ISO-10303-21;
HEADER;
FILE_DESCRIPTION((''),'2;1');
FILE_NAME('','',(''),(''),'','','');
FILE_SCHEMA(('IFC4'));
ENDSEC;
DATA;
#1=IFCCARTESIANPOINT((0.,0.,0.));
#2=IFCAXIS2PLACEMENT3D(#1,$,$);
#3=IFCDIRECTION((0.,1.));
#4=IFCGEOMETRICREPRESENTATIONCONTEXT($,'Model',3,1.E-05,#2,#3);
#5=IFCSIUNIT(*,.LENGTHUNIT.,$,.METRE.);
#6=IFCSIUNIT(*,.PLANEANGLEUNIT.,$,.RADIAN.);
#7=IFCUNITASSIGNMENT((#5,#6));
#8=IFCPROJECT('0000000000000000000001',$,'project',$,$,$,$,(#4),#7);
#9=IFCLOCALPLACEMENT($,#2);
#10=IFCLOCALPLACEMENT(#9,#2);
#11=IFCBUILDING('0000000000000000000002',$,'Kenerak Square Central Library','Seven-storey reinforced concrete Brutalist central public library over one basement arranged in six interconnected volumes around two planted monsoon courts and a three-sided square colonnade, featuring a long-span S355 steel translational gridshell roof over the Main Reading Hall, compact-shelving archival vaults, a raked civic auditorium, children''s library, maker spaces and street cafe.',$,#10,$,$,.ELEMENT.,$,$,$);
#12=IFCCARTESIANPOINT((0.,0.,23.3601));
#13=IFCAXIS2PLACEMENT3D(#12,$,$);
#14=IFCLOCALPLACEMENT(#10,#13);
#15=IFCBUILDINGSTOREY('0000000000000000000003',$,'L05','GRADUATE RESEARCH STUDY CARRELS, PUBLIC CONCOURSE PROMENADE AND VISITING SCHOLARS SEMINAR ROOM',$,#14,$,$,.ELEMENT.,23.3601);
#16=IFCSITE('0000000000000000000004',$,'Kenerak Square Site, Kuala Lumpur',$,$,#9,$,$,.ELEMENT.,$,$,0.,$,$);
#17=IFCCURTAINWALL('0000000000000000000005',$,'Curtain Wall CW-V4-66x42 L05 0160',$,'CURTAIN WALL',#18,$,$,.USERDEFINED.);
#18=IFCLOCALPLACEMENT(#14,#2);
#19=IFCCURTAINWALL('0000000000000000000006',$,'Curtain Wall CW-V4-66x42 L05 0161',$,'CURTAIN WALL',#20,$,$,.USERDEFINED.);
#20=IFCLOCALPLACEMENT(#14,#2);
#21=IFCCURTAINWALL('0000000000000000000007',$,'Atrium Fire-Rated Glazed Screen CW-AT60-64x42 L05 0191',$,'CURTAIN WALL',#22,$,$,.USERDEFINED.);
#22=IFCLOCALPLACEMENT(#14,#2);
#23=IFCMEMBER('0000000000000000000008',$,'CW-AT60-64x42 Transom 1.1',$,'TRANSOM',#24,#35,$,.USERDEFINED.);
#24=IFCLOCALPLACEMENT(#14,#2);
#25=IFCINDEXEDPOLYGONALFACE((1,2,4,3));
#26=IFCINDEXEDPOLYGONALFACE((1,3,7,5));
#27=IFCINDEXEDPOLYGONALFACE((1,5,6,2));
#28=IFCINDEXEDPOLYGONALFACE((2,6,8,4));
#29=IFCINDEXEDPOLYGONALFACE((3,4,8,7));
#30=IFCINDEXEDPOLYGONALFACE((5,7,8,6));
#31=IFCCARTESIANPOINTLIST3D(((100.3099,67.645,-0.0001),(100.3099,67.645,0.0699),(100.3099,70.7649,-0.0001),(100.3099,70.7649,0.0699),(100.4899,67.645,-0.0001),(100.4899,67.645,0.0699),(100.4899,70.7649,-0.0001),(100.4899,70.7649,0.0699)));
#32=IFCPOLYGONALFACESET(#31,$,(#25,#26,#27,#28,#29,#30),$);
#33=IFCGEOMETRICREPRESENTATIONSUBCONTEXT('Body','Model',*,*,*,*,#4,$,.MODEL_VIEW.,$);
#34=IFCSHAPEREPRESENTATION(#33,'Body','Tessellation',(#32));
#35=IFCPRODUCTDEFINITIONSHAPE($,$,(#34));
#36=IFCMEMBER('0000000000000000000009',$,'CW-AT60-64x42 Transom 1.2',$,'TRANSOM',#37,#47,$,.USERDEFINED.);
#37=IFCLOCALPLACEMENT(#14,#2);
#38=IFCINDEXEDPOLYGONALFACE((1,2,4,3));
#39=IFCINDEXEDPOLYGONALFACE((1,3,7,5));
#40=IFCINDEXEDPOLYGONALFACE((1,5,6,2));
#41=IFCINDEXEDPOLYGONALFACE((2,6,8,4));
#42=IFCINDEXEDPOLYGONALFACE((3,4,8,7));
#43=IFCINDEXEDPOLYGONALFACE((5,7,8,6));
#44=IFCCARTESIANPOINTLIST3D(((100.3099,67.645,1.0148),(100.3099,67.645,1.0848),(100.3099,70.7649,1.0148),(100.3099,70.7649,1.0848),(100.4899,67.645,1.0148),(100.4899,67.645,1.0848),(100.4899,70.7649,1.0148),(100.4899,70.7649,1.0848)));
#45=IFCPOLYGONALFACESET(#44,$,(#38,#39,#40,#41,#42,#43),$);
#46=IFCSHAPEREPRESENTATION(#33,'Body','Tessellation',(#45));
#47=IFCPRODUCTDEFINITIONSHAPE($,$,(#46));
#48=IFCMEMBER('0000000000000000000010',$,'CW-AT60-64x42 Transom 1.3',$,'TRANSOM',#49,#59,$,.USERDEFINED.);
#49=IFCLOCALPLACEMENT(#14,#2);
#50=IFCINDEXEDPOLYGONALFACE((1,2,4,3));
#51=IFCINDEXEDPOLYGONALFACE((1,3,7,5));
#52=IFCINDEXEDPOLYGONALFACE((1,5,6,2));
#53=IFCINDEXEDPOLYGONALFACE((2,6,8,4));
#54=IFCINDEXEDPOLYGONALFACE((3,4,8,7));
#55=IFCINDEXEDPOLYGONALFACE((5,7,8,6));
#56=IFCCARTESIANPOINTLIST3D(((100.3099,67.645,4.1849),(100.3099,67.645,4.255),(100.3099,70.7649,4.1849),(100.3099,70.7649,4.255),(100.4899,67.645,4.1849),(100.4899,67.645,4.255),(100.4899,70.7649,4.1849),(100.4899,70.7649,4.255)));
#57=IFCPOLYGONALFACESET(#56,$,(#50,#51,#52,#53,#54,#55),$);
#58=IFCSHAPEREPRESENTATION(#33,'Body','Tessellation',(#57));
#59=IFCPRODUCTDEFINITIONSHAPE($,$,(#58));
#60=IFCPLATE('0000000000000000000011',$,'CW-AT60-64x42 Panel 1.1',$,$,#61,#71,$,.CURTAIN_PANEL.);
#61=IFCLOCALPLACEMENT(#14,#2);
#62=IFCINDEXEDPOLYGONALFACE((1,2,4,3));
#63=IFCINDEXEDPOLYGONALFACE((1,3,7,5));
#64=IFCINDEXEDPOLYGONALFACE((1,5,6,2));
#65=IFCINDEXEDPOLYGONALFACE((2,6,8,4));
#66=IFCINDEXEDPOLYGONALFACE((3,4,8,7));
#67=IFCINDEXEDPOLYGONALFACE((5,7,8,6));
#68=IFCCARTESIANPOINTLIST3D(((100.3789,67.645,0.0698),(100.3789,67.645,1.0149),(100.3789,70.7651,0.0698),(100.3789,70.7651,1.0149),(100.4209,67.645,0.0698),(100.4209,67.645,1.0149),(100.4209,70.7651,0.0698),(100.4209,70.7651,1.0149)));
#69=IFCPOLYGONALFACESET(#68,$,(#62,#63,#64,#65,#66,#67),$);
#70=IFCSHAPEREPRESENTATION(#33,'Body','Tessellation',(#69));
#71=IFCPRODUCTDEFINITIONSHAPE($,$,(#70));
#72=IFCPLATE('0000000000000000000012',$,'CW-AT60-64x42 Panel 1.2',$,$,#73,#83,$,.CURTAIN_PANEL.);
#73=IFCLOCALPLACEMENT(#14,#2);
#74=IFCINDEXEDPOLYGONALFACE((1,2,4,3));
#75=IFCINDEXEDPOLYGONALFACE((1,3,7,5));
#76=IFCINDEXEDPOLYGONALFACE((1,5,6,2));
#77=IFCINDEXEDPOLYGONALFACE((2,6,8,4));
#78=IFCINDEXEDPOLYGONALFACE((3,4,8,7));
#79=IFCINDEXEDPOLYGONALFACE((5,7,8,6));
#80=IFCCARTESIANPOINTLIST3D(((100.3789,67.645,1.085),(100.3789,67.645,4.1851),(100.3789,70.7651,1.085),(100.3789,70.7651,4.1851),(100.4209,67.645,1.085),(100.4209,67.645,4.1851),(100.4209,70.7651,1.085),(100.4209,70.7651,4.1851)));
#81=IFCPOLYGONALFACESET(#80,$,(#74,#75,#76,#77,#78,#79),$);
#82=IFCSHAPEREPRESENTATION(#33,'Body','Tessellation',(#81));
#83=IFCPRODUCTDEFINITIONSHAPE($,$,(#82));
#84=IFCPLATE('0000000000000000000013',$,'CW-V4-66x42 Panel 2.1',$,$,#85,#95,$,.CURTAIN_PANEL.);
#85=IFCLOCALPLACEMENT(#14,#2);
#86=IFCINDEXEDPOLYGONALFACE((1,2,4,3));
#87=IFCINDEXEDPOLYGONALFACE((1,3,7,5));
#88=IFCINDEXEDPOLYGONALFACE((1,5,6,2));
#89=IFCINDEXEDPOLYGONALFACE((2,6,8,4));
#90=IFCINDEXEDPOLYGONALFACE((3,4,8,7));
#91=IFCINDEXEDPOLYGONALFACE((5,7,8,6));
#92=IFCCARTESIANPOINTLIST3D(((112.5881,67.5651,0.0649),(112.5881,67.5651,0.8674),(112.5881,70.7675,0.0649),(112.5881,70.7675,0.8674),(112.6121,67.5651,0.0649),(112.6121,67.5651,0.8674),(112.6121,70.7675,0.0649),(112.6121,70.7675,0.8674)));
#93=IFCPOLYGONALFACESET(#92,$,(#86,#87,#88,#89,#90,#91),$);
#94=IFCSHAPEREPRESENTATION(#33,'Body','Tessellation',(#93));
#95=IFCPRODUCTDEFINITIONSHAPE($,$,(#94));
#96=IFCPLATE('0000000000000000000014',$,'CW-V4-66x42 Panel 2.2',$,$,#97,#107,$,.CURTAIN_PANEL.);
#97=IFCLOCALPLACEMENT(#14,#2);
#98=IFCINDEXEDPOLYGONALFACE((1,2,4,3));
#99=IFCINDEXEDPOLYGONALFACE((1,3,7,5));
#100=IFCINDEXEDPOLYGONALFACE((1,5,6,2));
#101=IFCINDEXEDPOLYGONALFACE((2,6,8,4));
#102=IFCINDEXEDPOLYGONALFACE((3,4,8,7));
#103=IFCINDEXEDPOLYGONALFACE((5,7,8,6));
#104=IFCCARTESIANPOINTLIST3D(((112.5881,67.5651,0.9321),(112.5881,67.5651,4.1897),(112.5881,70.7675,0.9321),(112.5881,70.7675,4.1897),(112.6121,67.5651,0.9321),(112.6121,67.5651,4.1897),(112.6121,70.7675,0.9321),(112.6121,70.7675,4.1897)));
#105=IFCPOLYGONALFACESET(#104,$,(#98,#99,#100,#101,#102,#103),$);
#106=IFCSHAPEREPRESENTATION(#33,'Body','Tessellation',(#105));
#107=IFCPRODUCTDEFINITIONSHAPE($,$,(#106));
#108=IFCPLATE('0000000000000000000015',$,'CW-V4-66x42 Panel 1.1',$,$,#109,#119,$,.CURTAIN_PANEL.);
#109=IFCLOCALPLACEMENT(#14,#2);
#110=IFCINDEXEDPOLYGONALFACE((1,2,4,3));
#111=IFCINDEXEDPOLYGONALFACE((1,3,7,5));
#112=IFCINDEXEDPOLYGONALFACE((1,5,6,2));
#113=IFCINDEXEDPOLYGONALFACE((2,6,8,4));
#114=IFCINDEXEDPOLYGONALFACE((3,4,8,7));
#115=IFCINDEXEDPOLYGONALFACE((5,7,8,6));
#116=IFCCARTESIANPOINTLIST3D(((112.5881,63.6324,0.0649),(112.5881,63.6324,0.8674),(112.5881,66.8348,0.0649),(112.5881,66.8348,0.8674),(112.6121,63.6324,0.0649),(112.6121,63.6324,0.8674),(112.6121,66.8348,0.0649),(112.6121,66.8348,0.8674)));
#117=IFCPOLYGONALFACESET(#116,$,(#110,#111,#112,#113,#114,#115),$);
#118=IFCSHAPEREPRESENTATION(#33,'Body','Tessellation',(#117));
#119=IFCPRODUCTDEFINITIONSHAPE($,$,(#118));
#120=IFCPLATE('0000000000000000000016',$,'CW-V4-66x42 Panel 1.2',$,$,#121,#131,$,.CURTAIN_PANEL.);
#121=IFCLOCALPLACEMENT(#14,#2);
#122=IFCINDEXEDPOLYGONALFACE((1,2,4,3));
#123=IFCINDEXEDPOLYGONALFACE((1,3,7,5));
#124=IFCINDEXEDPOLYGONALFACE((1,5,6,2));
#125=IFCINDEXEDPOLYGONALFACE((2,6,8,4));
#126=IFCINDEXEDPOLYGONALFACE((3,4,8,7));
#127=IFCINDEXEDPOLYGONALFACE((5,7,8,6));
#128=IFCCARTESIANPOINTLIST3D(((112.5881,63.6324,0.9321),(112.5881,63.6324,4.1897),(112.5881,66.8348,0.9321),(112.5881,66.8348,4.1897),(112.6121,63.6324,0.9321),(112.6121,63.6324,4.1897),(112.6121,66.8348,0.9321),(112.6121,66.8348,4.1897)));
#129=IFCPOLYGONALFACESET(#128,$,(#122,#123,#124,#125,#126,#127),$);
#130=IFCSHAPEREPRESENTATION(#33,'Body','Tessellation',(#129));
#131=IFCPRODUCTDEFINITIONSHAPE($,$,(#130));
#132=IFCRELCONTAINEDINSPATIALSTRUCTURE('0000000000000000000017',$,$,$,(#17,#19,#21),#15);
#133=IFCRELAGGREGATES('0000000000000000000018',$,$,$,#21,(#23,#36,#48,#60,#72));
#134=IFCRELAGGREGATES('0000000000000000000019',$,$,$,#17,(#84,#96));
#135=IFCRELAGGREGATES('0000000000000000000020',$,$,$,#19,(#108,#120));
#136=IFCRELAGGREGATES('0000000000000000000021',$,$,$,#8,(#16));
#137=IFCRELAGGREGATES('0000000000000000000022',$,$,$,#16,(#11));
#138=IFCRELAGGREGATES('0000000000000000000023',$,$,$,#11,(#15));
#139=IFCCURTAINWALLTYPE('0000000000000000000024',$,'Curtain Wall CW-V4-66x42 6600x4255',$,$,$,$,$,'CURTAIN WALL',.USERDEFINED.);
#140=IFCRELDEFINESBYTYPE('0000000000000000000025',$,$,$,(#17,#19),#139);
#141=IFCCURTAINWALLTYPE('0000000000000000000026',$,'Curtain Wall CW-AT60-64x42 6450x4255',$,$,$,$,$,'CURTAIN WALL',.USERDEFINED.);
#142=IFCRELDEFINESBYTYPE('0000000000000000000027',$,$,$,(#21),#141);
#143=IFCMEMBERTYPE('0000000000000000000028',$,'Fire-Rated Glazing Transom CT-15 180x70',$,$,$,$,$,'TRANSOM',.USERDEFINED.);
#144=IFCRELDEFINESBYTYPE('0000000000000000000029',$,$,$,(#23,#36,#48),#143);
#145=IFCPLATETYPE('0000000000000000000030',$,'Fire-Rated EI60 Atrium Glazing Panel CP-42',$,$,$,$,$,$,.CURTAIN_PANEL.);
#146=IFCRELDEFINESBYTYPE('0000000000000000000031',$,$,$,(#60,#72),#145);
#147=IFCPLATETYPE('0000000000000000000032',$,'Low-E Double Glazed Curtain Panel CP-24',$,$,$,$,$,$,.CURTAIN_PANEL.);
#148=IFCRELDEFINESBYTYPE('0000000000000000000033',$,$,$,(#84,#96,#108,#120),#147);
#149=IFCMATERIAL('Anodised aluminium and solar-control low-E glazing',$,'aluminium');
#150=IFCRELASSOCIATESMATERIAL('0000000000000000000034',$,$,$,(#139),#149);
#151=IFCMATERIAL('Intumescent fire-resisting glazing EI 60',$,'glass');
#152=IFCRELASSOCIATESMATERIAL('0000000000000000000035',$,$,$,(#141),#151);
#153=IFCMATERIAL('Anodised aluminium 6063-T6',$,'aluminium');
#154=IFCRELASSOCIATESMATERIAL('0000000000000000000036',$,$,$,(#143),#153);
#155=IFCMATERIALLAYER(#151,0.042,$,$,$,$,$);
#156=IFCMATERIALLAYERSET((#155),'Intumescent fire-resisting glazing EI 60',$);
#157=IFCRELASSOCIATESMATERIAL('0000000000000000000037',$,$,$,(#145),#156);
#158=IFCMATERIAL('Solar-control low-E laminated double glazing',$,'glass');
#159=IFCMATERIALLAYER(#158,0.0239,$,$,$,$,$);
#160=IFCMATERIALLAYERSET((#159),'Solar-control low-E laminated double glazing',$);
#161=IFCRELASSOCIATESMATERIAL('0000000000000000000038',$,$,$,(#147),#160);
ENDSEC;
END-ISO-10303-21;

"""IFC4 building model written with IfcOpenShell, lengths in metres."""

from ifc_helpers import new_model, si_unit, direction, frame, origin, origin_2d, place, context, subcontext, project, spatial, rectangle, extrude, material, layer, layer_set, material_profile, profile_set, type_object, element, aggregate, save


model = new_model("IFC4")

# Units and contexts
model_context = context("Model", 3, precision=1e-05, world=origin(), true_north=direction((0.0, 1.0)))
body_context = subcontext(model_context, "Body", "Model", "MODEL_VIEW")
ifc_project = project(units=[si_unit("LENGTHUNIT", "METRE"), si_unit("PLANEANGLEUNIT", "RADIAN")], contexts=[model_context])

# Site, building, storey
site_placement = place(None, origin())
site = spatial("IfcSite", under=ifc_project, at=site_placement, Name="Kenerak Square Site, Kuala Lumpur", CompositionType="ELEMENT", RefElevation=0.0)
building_placement = place(site_placement, origin())
building = spatial("IfcBuilding", under=site, at=building_placement, Name="Kenerak Square Central Library", Description="Seven-storey reinforced concrete Brutalist central public library over one basement arranged in six interconnected volumes around two planted monsoon courts and a three-sided square colonnade, featuring a long-span S355 steel translational gridshell roof over the Main Reading Hall, compact-shelving archival vaults, a raked civic auditorium, children's library, maker spaces and street cafe.", CompositionType="ELEMENT")
storey_placement = place(building_placement, frame((0.0, 0.0, 23.3601)))
storey = spatial("IfcBuildingStorey", under=building, at=storey_placement, Name="L05", Description="GRADUATE RESEARCH STUDY CARRELS, PUBLIC CONCOURSE PROMENADE AND VISITING SCHOLARS SEMINAR ROOM", CompositionType="ELEMENT", Elevation=23.3601)

# Curtain wall
ifc_material_1 = material(Name="Anodised aluminium and solar-control low-E glazing", Category="aluminium")
curtain_wall_type_1 = type_object("IfcCurtainWallType", Name="Curtain Wall CW-V4-66x42 6600x4255", ElementType="CURTAIN WALL", PredefinedType="USERDEFINED", material=ifc_material_1)
curtain_wall_1_placement = place(storey_placement, origin())
curtain_wall_1 = element("IfcCurtainWall", 1, at=curtain_wall_1_placement, inside=storey, type_object=curtain_wall_type_1, Name="Curtain Wall CW-V4-66x42 L05 0160", ObjectType="CURTAIN WALL", PredefinedType="USERDEFINED")
ifc_material_2 = material(Name="Anodised aluminium 6063-T6", Category="aluminium")

# Curtain wall
curtain_wall_2_placement = place(storey_placement, origin())
curtain_wall_2 = element("IfcCurtainWall", 2, at=curtain_wall_2_placement, inside=storey, type_object=curtain_wall_type_1, Name="Curtain Wall CW-V4-66x42 L05 0161", ObjectType="CURTAIN WALL", PredefinedType="USERDEFINED")

# Curtain wall, members, plates
ifc_material_3 = material(Name="Intumescent fire-resisting glazing EI 60", Category="glass")
curtain_wall_type_2 = type_object("IfcCurtainWallType", Name="Curtain Wall CW-AT60-64x42 6450x4255", ElementType="CURTAIN WALL", PredefinedType="USERDEFINED", material=ifc_material_3)
curtain_wall_3_placement = place(storey_placement, origin())
curtain_wall_3 = element("IfcCurtainWall", 3, at=curtain_wall_3_placement, inside=storey, type_object=curtain_wall_type_2, Name="Atrium Fire-Rated Glazed Screen CW-AT60-64x42 L05 0191", ObjectType="CURTAIN WALL", PredefinedType="USERDEFINED")
ifc_material_profile_1 = material_profile(ifc_material_2, rectangle(XDim=0.1799, YDim=0.0701, at=origin_2d()), Name="AL TRANSOM 180x70")
ifc_profile_set_1 = profile_set([ifc_material_profile_1], Name="Anodised aluminium 6063-T6")
member_type_1 = type_object("IfcMemberType", Name="Fire-Rated Glazing Transom CT-15 180x70", ElementType="TRANSOM", PredefinedType="USERDEFINED", material=ifc_profile_set_1)
member_1_placement = place(storey_placement, frame((100.3999, 67.645, 0.0349), z_axis=(0.0, 1.0, 0.0), x_axis=(-1.0, 0.0, 0.0)))
member_1 = element("IfcMember", 4, at=member_1_placement, type_object=member_type_1, Name="CW-AT60-64x42 Transom 1.1", ObjectType="TRANSOM", PredefinedType="USERDEFINED", context=body_context, shape_type="SweptSolid", body=[
    extrude(rectangle(XDim=0.1799, YDim=0.0701, at=origin_2d()), origin(), (0.0, 0.0, 1.0), 3.1199),
])
member_2_placement = place(storey_placement, frame((100.3999, 67.645, 1.0498), z_axis=(0.0, 1.0, 0.0), x_axis=(-1.0, 0.0, 0.0)))
member_2 = element("IfcMember", 5, at=member_2_placement, type_object=member_type_1, Name="CW-AT60-64x42 Transom 1.2", ObjectType="TRANSOM", PredefinedType="USERDEFINED", context=body_context, shape_type="SweptSolid", body=[
    extrude(rectangle(XDim=0.1799, YDim=0.0701, at=origin_2d()), origin(), (0.0, 0.0, 1.0), 3.1199),
])
member_3_placement = place(storey_placement, frame((100.3999, 67.645, 4.22), z_axis=(0.0, 1.0, 0.0), x_axis=(-1.0, 0.0, 0.0)))
member_3 = element("IfcMember", 6, at=member_3_placement, type_object=member_type_1, Name="CW-AT60-64x42 Transom 1.3", ObjectType="TRANSOM", PredefinedType="USERDEFINED", context=body_context, shape_type="SweptSolid", body=[
    extrude(rectangle(XDim=0.1799, YDim=0.0701, at=origin_2d()), origin(), (0.0, 0.0, 1.0), 3.1199),
])
ifc_layer_1 = layer(ifc_material_3, 0.042)
ifc_layer_set_1 = layer_set([ifc_layer_1], Name="Intumescent fire-resisting glazing EI 60")
plate_type_1 = type_object("IfcPlateType", Name="Fire-Rated EI60 Atrium Glazing Panel CP-42", PredefinedType="CURTAIN_PANEL", material=ifc_layer_set_1)
plate_1_placement = place(storey_placement, frame((100.3999, 69.2051, 0.0698), z_axis=(0.0, 0.0, 1.0), x_axis=(0.0, 1.0, 0.0)))
plate_1 = element("IfcPlate", 7, at=plate_1_placement, type_object=plate_type_1, Name="CW-AT60-64x42 Panel 1.1", PredefinedType="CURTAIN_PANEL", context=body_context, shape_type="SweptSolid", body=[
    extrude(rectangle(XDim=3.1201, YDim=0.042, at=origin_2d()), origin(), (0.0, 0.0, 1.0), 0.9451),
])
plate_2_placement = place(storey_placement, frame((100.3999, 69.2051, 1.085), z_axis=(0.0, 0.0, 1.0), x_axis=(0.0, 1.0, 0.0)))
plate_2 = element("IfcPlate", 8, at=plate_2_placement, type_object=plate_type_1, Name="CW-AT60-64x42 Panel 1.2", PredefinedType="CURTAIN_PANEL", context=body_context, shape_type="SweptSolid", body=[
    extrude(rectangle(XDim=3.1201, YDim=0.042, at=origin_2d()), origin(), (0.0, 0.0, 1.0), 3.1001),
])
aggregate(curtain_wall_3, [member_1, member_2, member_3, plate_1, plate_2])

# Plates
ifc_material_4 = material(Name="Solar-control low-E laminated double glazing", Category="glass")
ifc_layer_2 = layer(ifc_material_4, 0.0239)
ifc_layer_set_2 = layer_set([ifc_layer_2], Name="Solar-control low-E laminated double glazing")
plate_type_2 = type_object("IfcPlateType", Name="Low-E Double Glazed Curtain Panel CP-24", PredefinedType="CURTAIN_PANEL", material=ifc_layer_set_2)
plate_3_placement = place(storey_placement, frame((112.6001, 69.1663, 0.0649), z_axis=(0.0, 0.0, 1.0), x_axis=(0.0, -1.0, 0.0)))
plate_3 = element("IfcPlate", 9, at=plate_3_placement, type_object=plate_type_2, Name="CW-V4-66x42 Panel 2.1", PredefinedType="CURTAIN_PANEL", context=body_context, shape_type="SweptSolid", body=[
    extrude(rectangle(XDim=3.2024, YDim=0.0239, at=origin_2d()), origin(), (0.0, 0.0, 1.0), 0.8025),
])
plate_4_placement = place(storey_placement, frame((112.6001, 69.1663, 0.9321), z_axis=(0.0, 0.0, 1.0), x_axis=(0.0, -1.0, 0.0)))
plate_4 = element("IfcPlate", 10, at=plate_4_placement, type_object=plate_type_2, Name="CW-V4-66x42 Panel 2.2", PredefinedType="CURTAIN_PANEL", context=body_context, shape_type="SweptSolid", body=[
    extrude(rectangle(XDim=3.2024, YDim=0.0239, at=origin_2d()), origin(), (0.0, 0.0, 1.0), 3.2576),
])
aggregate(curtain_wall_1, [plate_3, plate_4])
plate_5_placement = place(storey_placement, frame((112.6001, 65.2336, 0.0649), z_axis=(0.0, 0.0, 1.0), x_axis=(0.0, -1.0, 0.0)))
plate_5 = element("IfcPlate", 11, at=plate_5_placement, type_object=plate_type_2, Name="CW-V4-66x42 Panel 1.1", PredefinedType="CURTAIN_PANEL", context=body_context, shape_type="SweptSolid", body=[
    extrude(rectangle(XDim=3.2024, YDim=0.0239, at=origin_2d()), origin(), (0.0, 0.0, 1.0), 0.8025),
])
plate_6_placement = place(storey_placement, frame((112.6001, 65.2336, 0.9321), z_axis=(0.0, 0.0, 1.0), x_axis=(0.0, -1.0, 0.0)))
plate_6 = element("IfcPlate", 12, at=plate_6_placement, type_object=plate_type_2, Name="CW-V4-66x42 Panel 1.2", PredefinedType="CURTAIN_PANEL", context=body_context, shape_type="SweptSolid", body=[
    extrude(rectangle(XDim=3.2024, YDim=0.0239, at=origin_2d()), origin(), (0.0, 0.0, 1.0), 3.2576),
])
aggregate(curtain_wall_2, [plate_5, plate_6])

save(model, "model.ifc")
